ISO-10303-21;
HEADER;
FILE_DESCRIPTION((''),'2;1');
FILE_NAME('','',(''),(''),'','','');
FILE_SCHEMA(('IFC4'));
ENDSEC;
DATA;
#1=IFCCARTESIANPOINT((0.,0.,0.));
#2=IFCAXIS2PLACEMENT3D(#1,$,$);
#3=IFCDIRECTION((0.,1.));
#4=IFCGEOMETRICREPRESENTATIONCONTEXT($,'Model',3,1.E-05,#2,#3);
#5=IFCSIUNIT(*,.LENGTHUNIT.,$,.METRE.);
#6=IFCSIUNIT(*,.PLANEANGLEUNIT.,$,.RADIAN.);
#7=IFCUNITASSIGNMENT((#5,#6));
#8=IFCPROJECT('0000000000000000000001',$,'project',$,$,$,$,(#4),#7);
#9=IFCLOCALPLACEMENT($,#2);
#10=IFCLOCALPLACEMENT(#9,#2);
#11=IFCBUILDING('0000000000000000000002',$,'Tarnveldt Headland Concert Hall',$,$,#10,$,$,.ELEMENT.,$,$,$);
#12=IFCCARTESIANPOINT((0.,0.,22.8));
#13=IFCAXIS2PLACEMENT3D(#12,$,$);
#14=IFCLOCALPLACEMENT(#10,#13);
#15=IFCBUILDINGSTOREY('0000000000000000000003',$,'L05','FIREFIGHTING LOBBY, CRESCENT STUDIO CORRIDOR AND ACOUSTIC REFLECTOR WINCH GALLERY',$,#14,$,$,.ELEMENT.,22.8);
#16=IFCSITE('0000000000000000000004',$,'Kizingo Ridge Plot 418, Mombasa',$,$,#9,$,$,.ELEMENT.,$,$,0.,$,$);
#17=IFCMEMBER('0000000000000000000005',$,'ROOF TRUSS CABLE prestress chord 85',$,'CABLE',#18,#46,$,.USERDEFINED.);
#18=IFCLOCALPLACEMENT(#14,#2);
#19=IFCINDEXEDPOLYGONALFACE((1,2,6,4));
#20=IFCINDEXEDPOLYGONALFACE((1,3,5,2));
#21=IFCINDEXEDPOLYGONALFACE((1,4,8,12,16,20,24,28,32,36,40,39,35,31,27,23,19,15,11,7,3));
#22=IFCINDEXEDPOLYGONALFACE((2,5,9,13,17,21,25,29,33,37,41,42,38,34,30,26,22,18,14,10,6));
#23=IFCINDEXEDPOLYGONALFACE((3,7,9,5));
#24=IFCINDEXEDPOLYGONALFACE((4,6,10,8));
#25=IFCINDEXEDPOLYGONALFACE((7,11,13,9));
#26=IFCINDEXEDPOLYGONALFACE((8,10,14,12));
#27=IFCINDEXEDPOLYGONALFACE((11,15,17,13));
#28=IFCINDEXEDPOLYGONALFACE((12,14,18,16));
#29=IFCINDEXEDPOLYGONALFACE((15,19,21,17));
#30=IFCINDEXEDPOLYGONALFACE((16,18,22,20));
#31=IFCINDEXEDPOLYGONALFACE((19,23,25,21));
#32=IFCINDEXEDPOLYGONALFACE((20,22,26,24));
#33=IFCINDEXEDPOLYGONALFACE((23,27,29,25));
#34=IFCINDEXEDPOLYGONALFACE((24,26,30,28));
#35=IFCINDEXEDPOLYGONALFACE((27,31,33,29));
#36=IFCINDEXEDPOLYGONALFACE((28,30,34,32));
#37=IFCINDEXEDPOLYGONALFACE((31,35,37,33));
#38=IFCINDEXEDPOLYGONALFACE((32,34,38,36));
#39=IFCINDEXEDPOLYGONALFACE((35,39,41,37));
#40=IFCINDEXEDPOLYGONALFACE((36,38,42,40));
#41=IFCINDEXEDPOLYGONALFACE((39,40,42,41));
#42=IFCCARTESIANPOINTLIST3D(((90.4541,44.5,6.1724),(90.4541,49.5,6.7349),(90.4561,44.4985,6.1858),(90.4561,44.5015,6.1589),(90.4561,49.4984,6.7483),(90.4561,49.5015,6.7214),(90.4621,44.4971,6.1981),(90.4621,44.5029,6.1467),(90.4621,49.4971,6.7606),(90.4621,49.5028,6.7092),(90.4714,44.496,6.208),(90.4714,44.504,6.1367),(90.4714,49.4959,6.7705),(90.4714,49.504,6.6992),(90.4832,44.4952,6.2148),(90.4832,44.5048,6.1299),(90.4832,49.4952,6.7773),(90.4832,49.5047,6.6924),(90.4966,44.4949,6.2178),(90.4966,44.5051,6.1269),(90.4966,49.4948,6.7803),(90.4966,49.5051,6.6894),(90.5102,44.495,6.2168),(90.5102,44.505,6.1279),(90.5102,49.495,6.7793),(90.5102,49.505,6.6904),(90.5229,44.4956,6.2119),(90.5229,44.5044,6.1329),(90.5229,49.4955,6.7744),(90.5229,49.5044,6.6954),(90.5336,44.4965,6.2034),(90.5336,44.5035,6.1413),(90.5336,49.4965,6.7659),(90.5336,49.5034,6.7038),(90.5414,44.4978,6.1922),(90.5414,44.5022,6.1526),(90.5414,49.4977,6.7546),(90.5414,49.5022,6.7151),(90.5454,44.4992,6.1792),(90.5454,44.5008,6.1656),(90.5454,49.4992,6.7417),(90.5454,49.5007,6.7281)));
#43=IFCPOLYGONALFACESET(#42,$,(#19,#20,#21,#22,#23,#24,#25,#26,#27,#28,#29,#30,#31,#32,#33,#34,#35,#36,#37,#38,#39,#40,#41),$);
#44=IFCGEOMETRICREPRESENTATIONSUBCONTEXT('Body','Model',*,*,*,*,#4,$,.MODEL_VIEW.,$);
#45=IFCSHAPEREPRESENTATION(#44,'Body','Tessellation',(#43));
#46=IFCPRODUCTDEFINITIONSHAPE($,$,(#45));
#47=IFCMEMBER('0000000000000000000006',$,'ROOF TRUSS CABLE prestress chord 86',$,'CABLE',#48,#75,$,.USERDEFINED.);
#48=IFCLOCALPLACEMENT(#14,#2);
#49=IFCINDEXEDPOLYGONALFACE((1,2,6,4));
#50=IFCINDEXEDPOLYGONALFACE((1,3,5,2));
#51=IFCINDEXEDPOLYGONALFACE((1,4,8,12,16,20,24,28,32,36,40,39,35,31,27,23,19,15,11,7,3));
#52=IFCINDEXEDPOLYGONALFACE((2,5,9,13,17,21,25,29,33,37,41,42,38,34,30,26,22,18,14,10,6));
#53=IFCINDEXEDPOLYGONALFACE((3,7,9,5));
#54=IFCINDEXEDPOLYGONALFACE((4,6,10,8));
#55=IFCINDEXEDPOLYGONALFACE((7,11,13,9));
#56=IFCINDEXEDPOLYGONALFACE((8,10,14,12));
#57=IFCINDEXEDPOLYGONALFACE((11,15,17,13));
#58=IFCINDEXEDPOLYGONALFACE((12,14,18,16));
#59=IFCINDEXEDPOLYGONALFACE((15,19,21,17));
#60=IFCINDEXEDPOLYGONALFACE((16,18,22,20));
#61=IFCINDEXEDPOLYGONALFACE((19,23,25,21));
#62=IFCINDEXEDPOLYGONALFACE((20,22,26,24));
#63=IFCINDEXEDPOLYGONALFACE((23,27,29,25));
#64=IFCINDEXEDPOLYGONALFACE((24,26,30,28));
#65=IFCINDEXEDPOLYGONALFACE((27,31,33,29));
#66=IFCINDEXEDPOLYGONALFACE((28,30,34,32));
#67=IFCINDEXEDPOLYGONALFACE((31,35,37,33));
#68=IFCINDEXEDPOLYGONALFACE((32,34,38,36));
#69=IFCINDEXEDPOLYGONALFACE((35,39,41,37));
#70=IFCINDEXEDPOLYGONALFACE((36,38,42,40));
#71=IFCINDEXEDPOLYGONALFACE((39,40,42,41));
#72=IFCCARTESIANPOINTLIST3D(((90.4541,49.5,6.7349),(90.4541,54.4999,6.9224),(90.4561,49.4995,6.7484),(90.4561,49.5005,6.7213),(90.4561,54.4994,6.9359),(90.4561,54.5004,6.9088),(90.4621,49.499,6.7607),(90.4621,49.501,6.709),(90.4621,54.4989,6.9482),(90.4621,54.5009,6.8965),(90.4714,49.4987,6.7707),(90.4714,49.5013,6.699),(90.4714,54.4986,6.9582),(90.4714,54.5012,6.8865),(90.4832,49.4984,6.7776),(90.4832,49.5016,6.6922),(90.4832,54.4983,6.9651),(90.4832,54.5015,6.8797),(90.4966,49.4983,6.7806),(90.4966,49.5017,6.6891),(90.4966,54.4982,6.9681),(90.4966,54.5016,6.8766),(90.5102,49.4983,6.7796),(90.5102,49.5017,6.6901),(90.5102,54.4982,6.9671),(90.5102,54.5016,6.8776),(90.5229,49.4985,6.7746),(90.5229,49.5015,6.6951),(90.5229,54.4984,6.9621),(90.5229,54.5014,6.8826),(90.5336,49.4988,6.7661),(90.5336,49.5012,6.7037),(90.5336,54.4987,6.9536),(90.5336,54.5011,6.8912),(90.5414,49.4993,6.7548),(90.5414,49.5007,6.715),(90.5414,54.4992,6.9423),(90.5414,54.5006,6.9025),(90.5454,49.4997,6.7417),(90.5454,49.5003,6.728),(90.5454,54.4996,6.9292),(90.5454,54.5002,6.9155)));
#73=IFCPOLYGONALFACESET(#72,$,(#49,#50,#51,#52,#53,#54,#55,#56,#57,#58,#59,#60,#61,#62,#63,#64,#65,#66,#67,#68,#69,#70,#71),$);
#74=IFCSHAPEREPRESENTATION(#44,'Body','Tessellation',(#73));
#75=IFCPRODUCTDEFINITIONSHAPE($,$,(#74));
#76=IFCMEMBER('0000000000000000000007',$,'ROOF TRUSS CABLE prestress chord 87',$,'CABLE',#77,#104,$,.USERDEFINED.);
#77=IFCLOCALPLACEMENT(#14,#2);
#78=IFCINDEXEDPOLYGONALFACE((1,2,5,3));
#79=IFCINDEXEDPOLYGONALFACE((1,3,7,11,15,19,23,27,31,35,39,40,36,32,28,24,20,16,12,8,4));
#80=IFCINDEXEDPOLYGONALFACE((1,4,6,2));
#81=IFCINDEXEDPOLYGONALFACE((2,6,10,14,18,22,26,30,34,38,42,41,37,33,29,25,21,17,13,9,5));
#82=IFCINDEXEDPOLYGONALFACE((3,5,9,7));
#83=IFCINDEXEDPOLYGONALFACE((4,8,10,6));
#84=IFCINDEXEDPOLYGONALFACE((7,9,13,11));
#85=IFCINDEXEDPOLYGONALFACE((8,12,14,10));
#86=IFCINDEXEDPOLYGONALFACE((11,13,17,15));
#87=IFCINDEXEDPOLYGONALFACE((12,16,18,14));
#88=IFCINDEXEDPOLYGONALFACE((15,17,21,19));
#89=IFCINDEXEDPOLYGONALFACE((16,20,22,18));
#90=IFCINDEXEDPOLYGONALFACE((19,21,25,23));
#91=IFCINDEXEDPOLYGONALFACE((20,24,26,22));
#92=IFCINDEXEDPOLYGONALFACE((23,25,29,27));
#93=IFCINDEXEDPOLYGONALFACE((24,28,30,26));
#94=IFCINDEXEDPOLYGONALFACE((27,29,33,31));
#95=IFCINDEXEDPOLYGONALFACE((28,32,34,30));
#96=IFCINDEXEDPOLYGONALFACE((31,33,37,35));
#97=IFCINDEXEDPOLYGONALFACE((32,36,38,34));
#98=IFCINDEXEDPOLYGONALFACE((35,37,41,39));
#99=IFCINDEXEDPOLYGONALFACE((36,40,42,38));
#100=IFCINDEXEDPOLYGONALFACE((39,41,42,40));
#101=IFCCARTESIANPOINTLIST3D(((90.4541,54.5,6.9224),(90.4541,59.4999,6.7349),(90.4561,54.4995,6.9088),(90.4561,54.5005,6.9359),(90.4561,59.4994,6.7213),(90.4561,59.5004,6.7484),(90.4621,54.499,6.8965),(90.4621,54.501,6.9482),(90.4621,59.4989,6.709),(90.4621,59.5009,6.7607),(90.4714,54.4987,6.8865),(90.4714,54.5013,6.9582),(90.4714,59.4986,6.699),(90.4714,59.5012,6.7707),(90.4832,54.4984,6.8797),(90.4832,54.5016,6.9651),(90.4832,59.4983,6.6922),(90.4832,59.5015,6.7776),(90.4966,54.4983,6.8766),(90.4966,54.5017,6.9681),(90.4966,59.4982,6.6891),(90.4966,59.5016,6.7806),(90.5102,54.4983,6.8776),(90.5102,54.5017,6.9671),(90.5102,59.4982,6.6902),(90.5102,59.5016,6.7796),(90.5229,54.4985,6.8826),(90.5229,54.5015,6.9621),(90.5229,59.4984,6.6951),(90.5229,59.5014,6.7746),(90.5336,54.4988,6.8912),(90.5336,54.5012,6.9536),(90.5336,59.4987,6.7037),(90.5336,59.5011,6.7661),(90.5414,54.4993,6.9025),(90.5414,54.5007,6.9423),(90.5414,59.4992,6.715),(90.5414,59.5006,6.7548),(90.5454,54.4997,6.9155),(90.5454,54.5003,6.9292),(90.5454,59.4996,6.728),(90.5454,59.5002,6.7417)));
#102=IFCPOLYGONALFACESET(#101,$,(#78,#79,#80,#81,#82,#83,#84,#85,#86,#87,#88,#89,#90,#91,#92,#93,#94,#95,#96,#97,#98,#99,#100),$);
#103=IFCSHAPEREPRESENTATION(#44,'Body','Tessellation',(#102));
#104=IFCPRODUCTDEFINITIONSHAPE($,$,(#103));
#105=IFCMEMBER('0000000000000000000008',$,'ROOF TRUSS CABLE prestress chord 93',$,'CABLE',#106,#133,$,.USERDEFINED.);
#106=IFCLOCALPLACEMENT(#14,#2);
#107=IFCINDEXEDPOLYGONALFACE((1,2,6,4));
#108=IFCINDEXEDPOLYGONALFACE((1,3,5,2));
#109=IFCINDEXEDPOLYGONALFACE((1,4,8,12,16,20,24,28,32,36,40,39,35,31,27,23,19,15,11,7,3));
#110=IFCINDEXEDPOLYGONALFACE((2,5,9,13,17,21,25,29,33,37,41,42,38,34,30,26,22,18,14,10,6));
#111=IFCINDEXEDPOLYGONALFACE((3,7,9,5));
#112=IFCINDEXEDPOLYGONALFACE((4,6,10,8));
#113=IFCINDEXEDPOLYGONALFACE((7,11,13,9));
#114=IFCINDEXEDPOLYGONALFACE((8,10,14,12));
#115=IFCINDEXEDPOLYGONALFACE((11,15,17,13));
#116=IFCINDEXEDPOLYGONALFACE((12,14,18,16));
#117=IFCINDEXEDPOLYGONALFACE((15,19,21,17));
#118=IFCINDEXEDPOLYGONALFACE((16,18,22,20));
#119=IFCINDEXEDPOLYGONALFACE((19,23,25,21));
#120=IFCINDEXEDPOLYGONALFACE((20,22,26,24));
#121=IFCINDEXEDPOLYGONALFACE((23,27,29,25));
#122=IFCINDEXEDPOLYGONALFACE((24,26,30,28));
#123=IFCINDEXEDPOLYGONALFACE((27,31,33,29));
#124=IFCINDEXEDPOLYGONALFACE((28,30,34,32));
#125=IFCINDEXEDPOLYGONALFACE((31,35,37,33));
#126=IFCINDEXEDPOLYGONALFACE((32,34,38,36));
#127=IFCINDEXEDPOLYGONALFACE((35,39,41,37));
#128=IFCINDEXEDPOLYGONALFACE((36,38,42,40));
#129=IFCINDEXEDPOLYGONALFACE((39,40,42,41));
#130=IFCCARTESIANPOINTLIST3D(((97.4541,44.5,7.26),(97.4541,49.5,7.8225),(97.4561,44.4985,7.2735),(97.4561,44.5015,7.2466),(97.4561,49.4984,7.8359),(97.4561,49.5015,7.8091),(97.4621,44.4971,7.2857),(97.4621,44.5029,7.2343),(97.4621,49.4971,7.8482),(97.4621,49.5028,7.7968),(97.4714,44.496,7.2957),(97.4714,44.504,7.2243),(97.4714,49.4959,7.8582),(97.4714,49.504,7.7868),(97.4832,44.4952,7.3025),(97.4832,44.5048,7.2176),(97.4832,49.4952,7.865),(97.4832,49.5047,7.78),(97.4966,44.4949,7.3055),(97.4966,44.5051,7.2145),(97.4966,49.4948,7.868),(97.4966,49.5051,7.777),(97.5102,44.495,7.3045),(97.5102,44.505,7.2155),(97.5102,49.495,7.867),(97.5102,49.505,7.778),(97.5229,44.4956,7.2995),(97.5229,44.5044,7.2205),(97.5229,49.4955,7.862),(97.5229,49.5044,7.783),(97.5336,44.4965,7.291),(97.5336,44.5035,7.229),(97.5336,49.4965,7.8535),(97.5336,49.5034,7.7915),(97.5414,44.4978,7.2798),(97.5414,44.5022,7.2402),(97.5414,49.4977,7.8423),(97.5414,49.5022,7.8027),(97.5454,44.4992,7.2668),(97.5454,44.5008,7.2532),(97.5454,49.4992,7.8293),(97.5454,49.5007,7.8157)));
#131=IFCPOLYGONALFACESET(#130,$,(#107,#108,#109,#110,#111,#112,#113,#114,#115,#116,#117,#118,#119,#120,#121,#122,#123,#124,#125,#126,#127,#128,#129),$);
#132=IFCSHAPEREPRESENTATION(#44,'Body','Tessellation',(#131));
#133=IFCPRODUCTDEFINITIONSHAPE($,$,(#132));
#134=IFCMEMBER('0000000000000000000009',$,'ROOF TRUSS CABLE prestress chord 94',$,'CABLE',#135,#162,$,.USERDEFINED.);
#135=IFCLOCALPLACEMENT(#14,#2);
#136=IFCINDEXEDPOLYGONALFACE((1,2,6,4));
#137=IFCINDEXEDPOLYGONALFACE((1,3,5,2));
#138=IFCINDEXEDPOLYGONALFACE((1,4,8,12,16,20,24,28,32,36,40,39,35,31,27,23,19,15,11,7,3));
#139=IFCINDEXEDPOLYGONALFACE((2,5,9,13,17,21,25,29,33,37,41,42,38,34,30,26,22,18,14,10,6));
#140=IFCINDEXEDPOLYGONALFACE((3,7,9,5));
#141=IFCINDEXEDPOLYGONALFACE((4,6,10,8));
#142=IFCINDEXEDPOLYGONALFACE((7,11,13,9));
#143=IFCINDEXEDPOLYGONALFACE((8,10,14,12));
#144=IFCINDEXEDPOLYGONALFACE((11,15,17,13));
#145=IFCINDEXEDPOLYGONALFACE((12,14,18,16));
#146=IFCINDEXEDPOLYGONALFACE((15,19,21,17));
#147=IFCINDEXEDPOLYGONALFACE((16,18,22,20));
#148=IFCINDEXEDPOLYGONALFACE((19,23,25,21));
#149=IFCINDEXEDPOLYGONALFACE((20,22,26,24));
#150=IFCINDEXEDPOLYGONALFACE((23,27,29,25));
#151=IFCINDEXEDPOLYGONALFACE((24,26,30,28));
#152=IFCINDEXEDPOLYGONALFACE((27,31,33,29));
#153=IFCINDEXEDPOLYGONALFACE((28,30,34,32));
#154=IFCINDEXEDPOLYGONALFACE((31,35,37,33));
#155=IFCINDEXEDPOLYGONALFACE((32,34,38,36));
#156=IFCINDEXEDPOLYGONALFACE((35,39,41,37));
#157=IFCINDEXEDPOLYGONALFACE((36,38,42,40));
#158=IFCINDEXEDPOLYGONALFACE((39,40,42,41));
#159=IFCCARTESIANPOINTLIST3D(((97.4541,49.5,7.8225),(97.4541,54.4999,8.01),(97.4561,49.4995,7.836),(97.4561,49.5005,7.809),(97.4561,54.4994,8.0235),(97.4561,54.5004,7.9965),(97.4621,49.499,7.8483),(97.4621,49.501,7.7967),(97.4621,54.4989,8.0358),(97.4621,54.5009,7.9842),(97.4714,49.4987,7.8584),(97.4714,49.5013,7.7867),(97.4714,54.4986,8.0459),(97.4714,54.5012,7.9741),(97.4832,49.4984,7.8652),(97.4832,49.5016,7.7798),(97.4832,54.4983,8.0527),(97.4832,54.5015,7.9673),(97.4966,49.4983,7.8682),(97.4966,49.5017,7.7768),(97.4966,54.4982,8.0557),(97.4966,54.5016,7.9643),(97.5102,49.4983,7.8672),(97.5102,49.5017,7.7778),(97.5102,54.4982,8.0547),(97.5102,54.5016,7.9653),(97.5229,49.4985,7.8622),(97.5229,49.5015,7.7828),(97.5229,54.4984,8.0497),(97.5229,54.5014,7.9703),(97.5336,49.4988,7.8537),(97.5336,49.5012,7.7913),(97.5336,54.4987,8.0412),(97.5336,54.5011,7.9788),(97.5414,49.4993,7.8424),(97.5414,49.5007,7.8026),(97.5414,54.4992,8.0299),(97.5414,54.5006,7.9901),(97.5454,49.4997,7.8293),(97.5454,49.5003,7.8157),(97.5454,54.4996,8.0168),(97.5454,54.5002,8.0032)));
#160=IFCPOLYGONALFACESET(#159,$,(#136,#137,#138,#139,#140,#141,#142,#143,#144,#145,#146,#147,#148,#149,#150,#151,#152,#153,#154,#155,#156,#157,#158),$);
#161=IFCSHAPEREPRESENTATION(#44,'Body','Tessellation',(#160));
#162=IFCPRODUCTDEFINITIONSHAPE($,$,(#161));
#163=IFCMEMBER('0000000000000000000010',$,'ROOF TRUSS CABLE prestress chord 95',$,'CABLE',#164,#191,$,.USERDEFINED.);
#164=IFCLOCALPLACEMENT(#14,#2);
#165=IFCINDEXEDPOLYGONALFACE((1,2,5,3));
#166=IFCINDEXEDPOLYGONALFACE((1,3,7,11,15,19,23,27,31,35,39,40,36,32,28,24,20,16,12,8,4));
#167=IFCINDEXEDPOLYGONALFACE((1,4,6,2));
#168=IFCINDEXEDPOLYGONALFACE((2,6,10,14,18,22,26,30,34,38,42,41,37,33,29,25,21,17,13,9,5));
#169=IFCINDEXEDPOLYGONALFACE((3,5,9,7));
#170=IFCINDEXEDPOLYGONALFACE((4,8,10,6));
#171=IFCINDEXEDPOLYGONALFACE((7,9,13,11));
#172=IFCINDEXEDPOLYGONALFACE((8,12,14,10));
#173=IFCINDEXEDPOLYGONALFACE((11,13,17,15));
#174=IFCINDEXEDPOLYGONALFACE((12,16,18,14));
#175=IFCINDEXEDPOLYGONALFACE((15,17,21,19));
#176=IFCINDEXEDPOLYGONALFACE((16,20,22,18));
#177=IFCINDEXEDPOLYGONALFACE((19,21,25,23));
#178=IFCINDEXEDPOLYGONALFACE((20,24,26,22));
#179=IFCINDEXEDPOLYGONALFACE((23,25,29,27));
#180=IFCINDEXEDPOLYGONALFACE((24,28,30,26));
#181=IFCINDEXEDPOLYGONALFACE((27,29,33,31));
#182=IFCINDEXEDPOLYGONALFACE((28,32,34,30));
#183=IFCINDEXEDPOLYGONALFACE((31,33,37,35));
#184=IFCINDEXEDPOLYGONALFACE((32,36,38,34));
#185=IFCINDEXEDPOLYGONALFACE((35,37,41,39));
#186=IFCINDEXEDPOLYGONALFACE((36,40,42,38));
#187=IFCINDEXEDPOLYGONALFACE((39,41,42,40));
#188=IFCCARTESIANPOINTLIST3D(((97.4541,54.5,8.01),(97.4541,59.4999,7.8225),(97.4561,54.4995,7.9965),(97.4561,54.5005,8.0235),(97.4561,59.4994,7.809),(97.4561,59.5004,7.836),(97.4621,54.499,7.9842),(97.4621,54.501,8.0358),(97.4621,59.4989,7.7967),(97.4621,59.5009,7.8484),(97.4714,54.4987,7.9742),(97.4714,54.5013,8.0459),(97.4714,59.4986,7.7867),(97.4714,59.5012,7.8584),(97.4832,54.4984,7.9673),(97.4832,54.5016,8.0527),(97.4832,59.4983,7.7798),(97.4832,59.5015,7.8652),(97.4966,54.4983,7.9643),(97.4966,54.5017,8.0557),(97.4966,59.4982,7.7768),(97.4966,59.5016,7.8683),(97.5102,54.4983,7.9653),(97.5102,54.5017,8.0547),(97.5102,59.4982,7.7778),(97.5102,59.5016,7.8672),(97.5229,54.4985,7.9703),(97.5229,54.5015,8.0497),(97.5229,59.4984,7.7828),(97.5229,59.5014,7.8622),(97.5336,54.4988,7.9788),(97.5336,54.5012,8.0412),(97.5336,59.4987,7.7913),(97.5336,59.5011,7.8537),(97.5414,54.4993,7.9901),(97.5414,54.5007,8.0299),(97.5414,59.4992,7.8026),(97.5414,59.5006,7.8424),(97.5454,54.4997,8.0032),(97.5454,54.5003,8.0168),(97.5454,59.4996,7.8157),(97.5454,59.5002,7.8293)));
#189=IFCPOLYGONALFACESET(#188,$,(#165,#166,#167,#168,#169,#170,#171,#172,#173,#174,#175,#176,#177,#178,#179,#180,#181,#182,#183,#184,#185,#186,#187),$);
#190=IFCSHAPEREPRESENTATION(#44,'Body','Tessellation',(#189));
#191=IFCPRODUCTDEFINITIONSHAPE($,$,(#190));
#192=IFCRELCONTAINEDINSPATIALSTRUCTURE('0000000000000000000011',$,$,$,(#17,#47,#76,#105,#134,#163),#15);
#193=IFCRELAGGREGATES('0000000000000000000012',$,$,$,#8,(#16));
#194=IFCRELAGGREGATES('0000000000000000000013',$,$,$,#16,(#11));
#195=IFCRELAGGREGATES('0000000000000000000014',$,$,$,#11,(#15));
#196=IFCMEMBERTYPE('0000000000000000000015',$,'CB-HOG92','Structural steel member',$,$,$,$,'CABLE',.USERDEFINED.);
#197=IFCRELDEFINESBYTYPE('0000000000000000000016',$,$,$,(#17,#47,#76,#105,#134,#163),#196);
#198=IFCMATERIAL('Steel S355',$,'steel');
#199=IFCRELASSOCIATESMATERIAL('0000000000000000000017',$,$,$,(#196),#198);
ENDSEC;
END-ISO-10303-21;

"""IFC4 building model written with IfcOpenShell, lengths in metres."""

from ifc_helpers import new_model, si_unit, direction, frame, origin, origin_2d, place, context, subcontext, project, spatial, circle, extrude, material, material_profile, profile_set, type_object, element, save


model = new_model("IFC4")

# Units and contexts
model_context = context("Model", 3, precision=1e-05, world=origin(), true_north=direction((0.0, 1.0)))
body_context = subcontext(model_context, "Body", "Model", "MODEL_VIEW")
ifc_project = project(units=[si_unit("LENGTHUNIT", "METRE"), si_unit("PLANEANGLEUNIT", "RADIAN")], contexts=[model_context])

# Site, building, storey
site_placement = place(None, origin())
site = spatial("IfcSite", under=ifc_project, at=site_placement, Name="Kizingo Ridge Plot 418, Mombasa", CompositionType="ELEMENT", RefElevation=0.0)
building_placement = place(site_placement, origin())
building = spatial("IfcBuilding", under=site, at=building_placement, Name="Tarnveldt Headland Concert Hall", CompositionType="ELEMENT")
storey_placement = place(building_placement, frame((0.0, 0.0, 22.8)))
storey = spatial("IfcBuildingStorey", under=building, at=storey_placement, Name="L05", Description="FIREFIGHTING LOBBY, CRESCENT STUDIO CORRIDOR AND ACOUSTIC REFLECTOR WINCH GALLERY", CompositionType="ELEMENT", Elevation=22.8)

# Members
ifc_material_1 = material(Name="Steel S355", Category="steel")
ifc_material_profile_1 = material_profile(ifc_material_1, circle(Radius=0.0459, at=origin_2d()), Name="LC D92", Category="steel")
ifc_profile_set_1 = profile_set([ifc_material_profile_1], Name="Steel S355")
member_type_1 = type_object("IfcMemberType", Name="CB-HOG92", Description="Structural steel member", ElementType="CABLE", PredefinedType="USERDEFINED", material=ifc_profile_set_1)
member_1_placement = place(storey_placement, frame((90.5, 44.5, 6.1724), z_axis=(0.0, 0.993731, 0.111795), x_axis=(-1.0, 0.0, 0.0)))
element("IfcMember", 1, at=member_1_placement, inside=storey, type_object=member_type_1, Name="ROOF TRUSS CABLE prestress chord 85", ObjectType="CABLE", PredefinedType="USERDEFINED", context=body_context, shape_type="SweptSolid", body=[
    extrude(circle(Radius=0.0459, at=origin_2d()), origin(), (0.0, 0.0, 1.0), 5.0315),
])
for number, where, z_axis, x_axis, name in (
    (2, (90.5, 49.5, 6.7349), (0.0, 0.999298, 0.037474), (-1.0, 0.0, 0.0), "ROOF TRUSS CABLE prestress chord 86"),
    (3, (90.5, 54.5, 6.9224), (0.0, 0.999298, -0.037474), (-1.0, 0.0, 0.0), "ROOF TRUSS CABLE prestress chord 87"),
):
    element("IfcMember", number, at=place(storey_placement, frame(where, z_axis=z_axis, x_axis=x_axis)), inside=storey, type_object=member_type_1, Name=name, ObjectType="CABLE", PredefinedType="USERDEFINED", context=body_context, shape_type="SweptSolid", body=[
        extrude(circle(Radius=0.0459, at=origin_2d()), origin(), (0.0, 0.0, 1.0), 5.0034),
    ])
member_2_placement = place(storey_placement, frame((97.5, 44.5, 7.26), z_axis=(0.0, 0.993731, 0.111795), x_axis=(-1.0, 0.0, 0.0)))
element("IfcMember", 4, at=member_2_placement, inside=storey, type_object=member_type_1, Name="ROOF TRUSS CABLE prestress chord 93", ObjectType="CABLE", PredefinedType="USERDEFINED", context=body_context, shape_type="SweptSolid", body=[
    extrude(circle(Radius=0.0459, at=origin_2d()), origin(), (0.0, 0.0, 1.0), 5.0315),
])
for number, where, z_axis, x_axis, name in (
    (5, (97.5, 49.5, 7.8225), (0.0, 0.999298, 0.037474), (-1.0, 0.0, 0.0), "ROOF TRUSS CABLE prestress chord 94"),
    (6, (97.5, 54.5, 8.01), (0.0, 0.999298, -0.037474), (-1.0, 0.0, 0.0), "ROOF TRUSS CABLE prestress chord 95"),
):
    element("IfcMember", number, at=place(storey_placement, frame(where, z_axis=z_axis, x_axis=x_axis)), inside=storey, type_object=member_type_1, Name=name, ObjectType="CABLE", PredefinedType="USERDEFINED", context=body_context, shape_type="SweptSolid", body=[
        extrude(circle(Radius=0.0459, at=origin_2d()), origin(), (0.0, 0.0, 1.0), 5.0034),
    ])

save(model, "model.ifc")
